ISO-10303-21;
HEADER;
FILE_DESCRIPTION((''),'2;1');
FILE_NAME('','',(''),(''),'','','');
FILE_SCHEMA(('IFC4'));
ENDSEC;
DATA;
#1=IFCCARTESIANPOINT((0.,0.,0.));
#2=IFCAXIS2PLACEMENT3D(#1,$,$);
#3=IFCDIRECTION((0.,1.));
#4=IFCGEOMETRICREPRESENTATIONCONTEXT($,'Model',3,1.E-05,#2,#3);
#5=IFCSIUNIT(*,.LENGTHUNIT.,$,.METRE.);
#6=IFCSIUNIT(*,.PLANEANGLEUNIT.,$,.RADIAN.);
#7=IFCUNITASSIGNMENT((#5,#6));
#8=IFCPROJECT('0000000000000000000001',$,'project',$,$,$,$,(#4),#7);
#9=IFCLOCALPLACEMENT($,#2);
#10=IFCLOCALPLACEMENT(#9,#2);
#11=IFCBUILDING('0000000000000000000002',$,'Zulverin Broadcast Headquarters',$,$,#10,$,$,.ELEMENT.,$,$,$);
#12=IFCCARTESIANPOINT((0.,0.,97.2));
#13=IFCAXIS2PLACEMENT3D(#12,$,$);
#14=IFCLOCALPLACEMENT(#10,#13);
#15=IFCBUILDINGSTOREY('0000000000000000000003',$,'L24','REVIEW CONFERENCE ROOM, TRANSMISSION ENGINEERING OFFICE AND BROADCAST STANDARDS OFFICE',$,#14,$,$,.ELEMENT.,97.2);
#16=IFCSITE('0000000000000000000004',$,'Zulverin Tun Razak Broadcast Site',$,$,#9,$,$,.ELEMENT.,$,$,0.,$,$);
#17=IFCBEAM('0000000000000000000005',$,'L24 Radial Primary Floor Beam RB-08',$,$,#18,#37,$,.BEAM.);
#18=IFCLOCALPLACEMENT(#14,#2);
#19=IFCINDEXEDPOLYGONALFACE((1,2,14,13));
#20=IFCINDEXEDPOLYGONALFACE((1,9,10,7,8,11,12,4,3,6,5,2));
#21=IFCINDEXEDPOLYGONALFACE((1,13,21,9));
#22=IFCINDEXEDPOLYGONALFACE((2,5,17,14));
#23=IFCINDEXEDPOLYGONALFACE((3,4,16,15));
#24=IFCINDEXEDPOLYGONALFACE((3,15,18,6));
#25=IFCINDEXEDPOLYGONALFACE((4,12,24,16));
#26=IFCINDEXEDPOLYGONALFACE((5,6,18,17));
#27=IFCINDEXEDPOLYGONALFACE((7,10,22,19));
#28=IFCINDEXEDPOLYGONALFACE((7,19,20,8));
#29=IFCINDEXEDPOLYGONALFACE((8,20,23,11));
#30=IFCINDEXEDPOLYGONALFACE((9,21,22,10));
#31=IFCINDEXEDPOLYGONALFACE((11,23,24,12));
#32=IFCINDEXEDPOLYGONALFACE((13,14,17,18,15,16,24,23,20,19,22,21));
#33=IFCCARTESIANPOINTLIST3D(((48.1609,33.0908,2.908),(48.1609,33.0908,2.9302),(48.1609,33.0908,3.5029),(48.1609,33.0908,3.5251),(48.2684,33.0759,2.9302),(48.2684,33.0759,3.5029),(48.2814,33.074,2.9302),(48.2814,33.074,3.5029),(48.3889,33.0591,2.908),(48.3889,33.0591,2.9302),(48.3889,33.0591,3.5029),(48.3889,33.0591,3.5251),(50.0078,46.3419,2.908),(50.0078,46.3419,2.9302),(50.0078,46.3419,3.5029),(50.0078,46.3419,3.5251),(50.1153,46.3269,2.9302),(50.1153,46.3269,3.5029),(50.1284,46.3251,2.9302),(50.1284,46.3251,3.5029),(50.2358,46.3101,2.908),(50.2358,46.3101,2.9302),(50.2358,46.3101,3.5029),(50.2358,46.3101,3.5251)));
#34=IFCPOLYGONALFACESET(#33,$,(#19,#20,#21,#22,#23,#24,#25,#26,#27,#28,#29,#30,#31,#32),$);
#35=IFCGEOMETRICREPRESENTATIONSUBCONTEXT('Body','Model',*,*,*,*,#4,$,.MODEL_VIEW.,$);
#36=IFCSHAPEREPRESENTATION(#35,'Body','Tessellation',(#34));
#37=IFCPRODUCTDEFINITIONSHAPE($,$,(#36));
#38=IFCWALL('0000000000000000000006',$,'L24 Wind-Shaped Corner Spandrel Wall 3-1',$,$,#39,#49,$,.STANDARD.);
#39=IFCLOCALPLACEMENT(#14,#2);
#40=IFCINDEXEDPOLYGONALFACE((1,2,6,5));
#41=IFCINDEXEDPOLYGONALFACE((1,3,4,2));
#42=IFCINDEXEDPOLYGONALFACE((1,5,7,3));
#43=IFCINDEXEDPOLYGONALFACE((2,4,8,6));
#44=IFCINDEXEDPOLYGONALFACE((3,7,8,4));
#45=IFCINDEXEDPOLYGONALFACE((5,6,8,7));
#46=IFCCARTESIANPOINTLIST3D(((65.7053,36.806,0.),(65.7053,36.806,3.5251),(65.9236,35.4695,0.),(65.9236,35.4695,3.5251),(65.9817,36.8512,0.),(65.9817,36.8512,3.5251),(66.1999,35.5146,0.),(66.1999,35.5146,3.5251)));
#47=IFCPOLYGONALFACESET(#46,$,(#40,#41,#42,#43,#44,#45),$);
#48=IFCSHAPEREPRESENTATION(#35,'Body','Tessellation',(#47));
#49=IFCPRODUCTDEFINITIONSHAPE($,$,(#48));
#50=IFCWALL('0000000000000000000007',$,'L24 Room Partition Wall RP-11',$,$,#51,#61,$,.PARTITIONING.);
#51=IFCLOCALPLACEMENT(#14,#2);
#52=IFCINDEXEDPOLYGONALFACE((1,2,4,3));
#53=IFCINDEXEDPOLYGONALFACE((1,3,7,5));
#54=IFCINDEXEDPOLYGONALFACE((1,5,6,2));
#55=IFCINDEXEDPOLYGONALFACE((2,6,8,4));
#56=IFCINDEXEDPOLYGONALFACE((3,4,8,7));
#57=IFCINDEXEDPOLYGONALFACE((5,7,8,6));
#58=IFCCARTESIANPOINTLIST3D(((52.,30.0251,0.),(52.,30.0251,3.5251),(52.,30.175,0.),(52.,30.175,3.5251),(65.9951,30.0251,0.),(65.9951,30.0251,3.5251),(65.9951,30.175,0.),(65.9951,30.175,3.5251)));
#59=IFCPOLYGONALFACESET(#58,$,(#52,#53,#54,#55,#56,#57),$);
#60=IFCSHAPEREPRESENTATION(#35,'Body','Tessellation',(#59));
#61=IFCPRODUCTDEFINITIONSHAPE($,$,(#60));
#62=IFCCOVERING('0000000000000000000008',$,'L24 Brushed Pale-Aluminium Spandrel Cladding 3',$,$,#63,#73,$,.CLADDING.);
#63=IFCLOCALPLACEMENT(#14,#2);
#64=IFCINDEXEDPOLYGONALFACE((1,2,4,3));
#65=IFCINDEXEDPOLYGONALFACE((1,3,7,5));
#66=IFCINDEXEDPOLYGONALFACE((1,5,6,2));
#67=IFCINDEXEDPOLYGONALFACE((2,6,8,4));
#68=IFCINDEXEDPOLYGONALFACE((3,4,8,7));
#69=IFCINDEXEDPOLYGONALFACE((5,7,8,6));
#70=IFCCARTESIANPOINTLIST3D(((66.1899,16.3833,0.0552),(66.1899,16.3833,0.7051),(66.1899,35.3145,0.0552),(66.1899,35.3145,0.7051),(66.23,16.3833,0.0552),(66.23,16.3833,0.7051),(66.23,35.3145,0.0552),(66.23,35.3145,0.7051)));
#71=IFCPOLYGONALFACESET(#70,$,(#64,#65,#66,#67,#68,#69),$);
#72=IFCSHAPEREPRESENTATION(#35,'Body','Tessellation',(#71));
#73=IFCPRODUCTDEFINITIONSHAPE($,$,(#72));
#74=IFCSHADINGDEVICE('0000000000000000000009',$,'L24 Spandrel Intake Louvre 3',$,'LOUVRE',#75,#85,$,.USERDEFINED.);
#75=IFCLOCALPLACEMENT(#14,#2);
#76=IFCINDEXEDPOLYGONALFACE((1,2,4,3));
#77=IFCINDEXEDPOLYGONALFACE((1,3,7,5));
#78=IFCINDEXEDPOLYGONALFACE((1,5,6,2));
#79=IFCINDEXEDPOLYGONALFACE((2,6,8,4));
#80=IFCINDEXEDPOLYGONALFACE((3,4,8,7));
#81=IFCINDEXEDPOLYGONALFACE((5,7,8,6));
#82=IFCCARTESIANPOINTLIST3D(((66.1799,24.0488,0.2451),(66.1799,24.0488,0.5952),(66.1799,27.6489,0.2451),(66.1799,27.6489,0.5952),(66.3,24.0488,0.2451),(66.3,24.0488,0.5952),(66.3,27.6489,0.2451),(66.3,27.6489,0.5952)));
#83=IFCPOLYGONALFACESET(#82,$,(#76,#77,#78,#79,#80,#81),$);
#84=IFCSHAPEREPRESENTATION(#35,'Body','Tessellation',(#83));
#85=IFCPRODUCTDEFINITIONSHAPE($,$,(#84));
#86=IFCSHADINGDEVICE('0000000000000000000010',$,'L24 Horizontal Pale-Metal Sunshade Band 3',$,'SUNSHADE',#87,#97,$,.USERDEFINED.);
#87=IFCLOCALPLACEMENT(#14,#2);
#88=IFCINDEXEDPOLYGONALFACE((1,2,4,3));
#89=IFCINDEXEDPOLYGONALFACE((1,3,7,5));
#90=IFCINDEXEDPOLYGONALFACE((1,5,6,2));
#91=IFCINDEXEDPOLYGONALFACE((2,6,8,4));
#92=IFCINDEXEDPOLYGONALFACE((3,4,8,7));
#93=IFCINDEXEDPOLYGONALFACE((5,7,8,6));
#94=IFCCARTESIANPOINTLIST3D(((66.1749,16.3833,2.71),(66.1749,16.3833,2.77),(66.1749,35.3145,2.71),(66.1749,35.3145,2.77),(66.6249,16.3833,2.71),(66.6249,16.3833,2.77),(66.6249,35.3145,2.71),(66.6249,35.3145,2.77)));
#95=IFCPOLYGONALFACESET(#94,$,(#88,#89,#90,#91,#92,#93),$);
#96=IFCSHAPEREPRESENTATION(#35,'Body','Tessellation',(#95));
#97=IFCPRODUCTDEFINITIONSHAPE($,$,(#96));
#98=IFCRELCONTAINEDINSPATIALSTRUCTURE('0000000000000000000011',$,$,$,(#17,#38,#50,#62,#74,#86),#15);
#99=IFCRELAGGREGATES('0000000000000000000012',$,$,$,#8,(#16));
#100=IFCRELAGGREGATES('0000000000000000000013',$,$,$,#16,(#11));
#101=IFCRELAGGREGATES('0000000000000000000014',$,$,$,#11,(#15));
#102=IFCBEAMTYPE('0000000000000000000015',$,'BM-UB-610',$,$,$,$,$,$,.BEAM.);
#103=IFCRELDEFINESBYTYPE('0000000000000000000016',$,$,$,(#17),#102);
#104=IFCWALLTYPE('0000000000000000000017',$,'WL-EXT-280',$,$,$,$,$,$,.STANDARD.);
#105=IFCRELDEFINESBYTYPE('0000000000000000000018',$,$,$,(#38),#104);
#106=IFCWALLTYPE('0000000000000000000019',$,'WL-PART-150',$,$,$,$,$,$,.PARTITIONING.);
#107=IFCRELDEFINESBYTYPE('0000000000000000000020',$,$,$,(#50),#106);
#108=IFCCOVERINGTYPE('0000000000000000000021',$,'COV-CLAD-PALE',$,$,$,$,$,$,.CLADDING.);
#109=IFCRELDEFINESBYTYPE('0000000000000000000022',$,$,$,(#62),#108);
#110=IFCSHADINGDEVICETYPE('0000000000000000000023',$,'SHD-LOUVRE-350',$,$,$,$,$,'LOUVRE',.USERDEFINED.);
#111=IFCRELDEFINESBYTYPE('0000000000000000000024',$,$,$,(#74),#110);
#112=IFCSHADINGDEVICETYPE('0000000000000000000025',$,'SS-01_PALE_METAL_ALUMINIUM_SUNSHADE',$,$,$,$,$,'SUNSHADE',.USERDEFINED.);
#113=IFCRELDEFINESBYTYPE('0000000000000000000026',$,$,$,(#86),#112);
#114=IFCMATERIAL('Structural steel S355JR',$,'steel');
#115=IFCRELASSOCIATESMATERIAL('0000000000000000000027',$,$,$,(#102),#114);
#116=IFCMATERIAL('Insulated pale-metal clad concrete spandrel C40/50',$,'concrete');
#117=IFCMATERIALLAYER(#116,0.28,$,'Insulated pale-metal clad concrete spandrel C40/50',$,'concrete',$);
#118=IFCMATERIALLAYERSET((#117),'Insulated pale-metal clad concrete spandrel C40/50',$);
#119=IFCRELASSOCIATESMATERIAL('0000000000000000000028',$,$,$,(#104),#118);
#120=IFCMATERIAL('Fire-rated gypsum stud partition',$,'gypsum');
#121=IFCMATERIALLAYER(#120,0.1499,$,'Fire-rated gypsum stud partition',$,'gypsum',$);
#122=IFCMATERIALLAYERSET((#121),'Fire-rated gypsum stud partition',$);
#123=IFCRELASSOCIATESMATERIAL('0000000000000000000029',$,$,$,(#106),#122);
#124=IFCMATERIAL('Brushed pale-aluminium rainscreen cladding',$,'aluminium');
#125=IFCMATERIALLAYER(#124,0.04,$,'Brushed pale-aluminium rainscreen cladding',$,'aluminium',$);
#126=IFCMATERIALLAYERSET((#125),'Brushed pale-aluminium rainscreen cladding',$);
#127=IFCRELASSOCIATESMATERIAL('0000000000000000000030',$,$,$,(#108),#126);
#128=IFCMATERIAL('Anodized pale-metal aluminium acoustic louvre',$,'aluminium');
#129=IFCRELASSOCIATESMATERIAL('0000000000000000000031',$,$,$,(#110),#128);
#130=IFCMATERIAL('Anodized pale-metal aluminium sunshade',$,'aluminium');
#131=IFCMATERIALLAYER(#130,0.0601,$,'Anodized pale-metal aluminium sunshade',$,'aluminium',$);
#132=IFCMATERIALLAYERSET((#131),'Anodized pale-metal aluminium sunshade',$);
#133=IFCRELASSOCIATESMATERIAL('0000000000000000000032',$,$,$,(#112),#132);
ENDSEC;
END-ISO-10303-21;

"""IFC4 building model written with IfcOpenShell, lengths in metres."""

from ifc_helpers import new_model, si_unit, direction, frame, frame_2d, origin, origin_2d, place, context, subcontext, project, spatial, rectangle, i_section, extrude, material, layer, layer_set, material_profile, profile_set, type_object, element, save


model = new_model("IFC4")

# Units and contexts
model_context = context("Model", 3, precision=1e-05, world=origin(), true_north=direction((0.0, 1.0)))
body_context = subcontext(model_context, "Body", "Model", "MODEL_VIEW")
ifc_project = project(units=[si_unit("LENGTHUNIT", "METRE"), si_unit("PLANEANGLEUNIT", "RADIAN")], contexts=[model_context])

# Site, building, storey
site_placement = place(None, origin())
site = spatial("IfcSite", under=ifc_project, at=site_placement, Name="Zulverin Tun Razak Broadcast Site", CompositionType="ELEMENT", RefElevation=0.0)
building_placement = place(site_placement, origin())
building = spatial("IfcBuilding", under=site, at=building_placement, Name="Zulverin Broadcast Headquarters", CompositionType="ELEMENT")
storey_placement = place(building_placement, frame((0.0, 0.0, 97.2)))
storey = spatial("IfcBuildingStorey", under=building, at=storey_placement, Name="L24", Description="REVIEW CONFERENCE ROOM, TRANSMISSION ENGINEERING OFFICE AND BROADCAST STANDARDS OFFICE", CompositionType="ELEMENT", Elevation=97.2)

# Beam
ifc_material_1 = material(Name="Structural steel S355JR", Category="steel")
ifc_material_profile_1 = material_profile(ifc_material_1, i_section(OverallWidth=0.2302, OverallDepth=0.6172, WebThickness=0.0132, FlangeThickness=0.0222, at=origin_2d()), Name="Structural steel S355JR", Category="steel")
ifc_profile_set_1 = profile_set([ifc_material_profile_1], Name="Structural steel S355JR")
beam_type_1 = type_object("IfcBeamType", Name="BM-UB-610", PredefinedType="BEAM", material=ifc_profile_set_1)
beam_1_placement = place(storey_placement, frame((48.2749, 33.075, 3.2166), z_axis=(0.138046, 0.990426, 0.0), x_axis=(-0.990426, 0.138046, 0.0)))
element("IfcBeam", 1, at=beam_1_placement, inside=storey, type_object=beam_type_1, Name="L24 Radial Primary Floor Beam RB-08", PredefinedType="BEAM", context=body_context, shape_type="SweptSolid", body=[
    extrude(i_section(OverallWidth=0.2302, OverallDepth=0.6172, WebThickness=0.0132, FlangeThickness=0.0222, at=origin_2d()), origin(), (0.0, 0.0, 1.0), 13.3792),
])

# Walls
ifc_material_2 = material(Name="Insulated pale-metal clad concrete spandrel C40/50", Category="concrete")
ifc_layer_1 = layer(ifc_material_2, 0.28, Name="Insulated pale-metal clad concrete spandrel C40/50", Category="concrete")
ifc_layer_set_1 = layer_set([ifc_layer_1], Name="Insulated pale-metal clad concrete spandrel C40/50")
wall_type_1 = type_object("IfcWallType", Name="WL-EXT-280", PredefinedType="STANDARD", material=ifc_layer_set_1)
wall_1_placement = place(storey_placement, frame((66.0618, 35.4919, 0.0), z_axis=(0.0, 0.0, 1.0), x_axis=(-0.161182, 0.986925, 0.0)))
element("IfcWall", 2, at=wall_1_placement, inside=storey, type_object=wall_type_1, Name="L24 Wind-Shaped Corner Spandrel Wall 3-1", PredefinedType="STANDARD", context=body_context, shape_type="SweptSolid", body=[
    extrude(rectangle(XDim=1.3542, YDim=0.28, at=frame_2d((0.6772, 0.0))), origin(), (0.0, 0.0, 1.0), 3.5251),
])
ifc_material_3 = material(Name="Fire-rated gypsum stud partition", Category="gypsum")
ifc_layer_2 = layer(ifc_material_3, 0.1499, Name="Fire-rated gypsum stud partition", Category="gypsum")
ifc_layer_set_2 = layer_set([ifc_layer_2], Name="Fire-rated gypsum stud partition")
wall_type_2 = type_object("IfcWallType", Name="WL-PART-150", PredefinedType="PARTITIONING", material=ifc_layer_set_2)
wall_2_placement = place(storey_placement, frame((52.0, 30.1001, 0.0), z_axis=(0.0, 0.0, 1.0), x_axis=(1.0, 0.0, 0.0)))
element("IfcWall", 3, at=wall_2_placement, inside=storey, type_object=wall_type_2, Name="L24 Room Partition Wall RP-11", PredefinedType="PARTITIONING", context=body_context, shape_type="SweptSolid", body=[
    extrude(rectangle(XDim=13.9951, YDim=0.1499, at=frame_2d((6.9976, 0.0))), origin(), (0.0, 0.0, 1.0), 3.5251),
])

# Covering
ifc_material_4 = material(Name="Brushed pale-aluminium rainscreen cladding", Category="aluminium")
ifc_layer_3 = layer(ifc_material_4, 0.04, Name="Brushed pale-aluminium rainscreen cladding", Category="aluminium")
ifc_layer_set_3 = layer_set([ifc_layer_3], Name="Brushed pale-aluminium rainscreen cladding")
covering_type = type_object("IfcCoveringType", Name="COV-CLAD-PALE", PredefinedType="CLADDING", material=ifc_layer_set_3)
covering_placement = place(storey_placement, frame((66.21, 25.8489, 0.0552), z_axis=(0.0, 0.0, 1.0), x_axis=(0.0, 1.0, 0.0)))
element("IfcCovering", 4, at=covering_placement, inside=storey, type_object=covering_type, Name="L24 Brushed Pale-Aluminium Spandrel Cladding 3", PredefinedType="CLADDING", context=body_context, shape_type="SweptSolid", body=[
    extrude(rectangle(XDim=18.9312, YDim=0.04, at=origin_2d()), origin(), (0.0, 0.0, 1.0), 0.6499),
])

# Shading devices
ifc_material_5 = material(Name="Anodized pale-metal aluminium acoustic louvre", Category="aluminium")
shading_device_type_1 = type_object("IfcShadingDeviceType", Name="SHD-LOUVRE-350", ElementType="LOUVRE", PredefinedType="USERDEFINED", material=ifc_material_5)
shading_device_1_placement = place(storey_placement, frame((66.24, 25.8489, 0.2451), z_axis=(0.0, 0.0, 1.0), x_axis=(0.0, 1.0, 0.0)))
element("IfcShadingDevice", 5, at=shading_device_1_placement, inside=storey, type_object=shading_device_type_1, Name="L24 Spandrel Intake Louvre 3", ObjectType="LOUVRE", PredefinedType="USERDEFINED", context=body_context, shape_type="SweptSolid", body=[
    extrude(rectangle(XDim=3.6001, YDim=0.1201, at=origin_2d()), origin(), (0.0, 0.0, 1.0), 0.3501),
])
ifc_material_6 = material(Name="Anodized pale-metal aluminium sunshade", Category="aluminium")
ifc_layer_4 = layer(ifc_material_6, 0.0601, Name="Anodized pale-metal aluminium sunshade", Category="aluminium")
ifc_layer_set_4 = layer_set([ifc_layer_4], Name="Anodized pale-metal aluminium sunshade")
shading_device_type_2 = type_object("IfcShadingDeviceType", Name="SS-01_PALE_METAL_ALUMINIUM_SUNSHADE", ElementType="SUNSHADE", PredefinedType="USERDEFINED", material=ifc_layer_set_4)
shading_device_2_placement = place(storey_placement, frame((66.3999, 25.8489, 2.71), z_axis=(0.0, 0.0, 1.0), x_axis=(0.0, 1.0, 0.0)))
element("IfcShadingDevice", 6, at=shading_device_2_placement, inside=storey, type_object=shading_device_type_2, Name="L24 Horizontal Pale-Metal Sunshade Band 3", ObjectType="SUNSHADE", PredefinedType="USERDEFINED", context=body_context, shape_type="SweptSolid", body=[
    extrude(rectangle(XDim=18.9312, YDim=0.45, at=origin_2d()), origin(), (0.0, 0.0, 1.0), 0.0601),
])

save(model, "model.ifc")
